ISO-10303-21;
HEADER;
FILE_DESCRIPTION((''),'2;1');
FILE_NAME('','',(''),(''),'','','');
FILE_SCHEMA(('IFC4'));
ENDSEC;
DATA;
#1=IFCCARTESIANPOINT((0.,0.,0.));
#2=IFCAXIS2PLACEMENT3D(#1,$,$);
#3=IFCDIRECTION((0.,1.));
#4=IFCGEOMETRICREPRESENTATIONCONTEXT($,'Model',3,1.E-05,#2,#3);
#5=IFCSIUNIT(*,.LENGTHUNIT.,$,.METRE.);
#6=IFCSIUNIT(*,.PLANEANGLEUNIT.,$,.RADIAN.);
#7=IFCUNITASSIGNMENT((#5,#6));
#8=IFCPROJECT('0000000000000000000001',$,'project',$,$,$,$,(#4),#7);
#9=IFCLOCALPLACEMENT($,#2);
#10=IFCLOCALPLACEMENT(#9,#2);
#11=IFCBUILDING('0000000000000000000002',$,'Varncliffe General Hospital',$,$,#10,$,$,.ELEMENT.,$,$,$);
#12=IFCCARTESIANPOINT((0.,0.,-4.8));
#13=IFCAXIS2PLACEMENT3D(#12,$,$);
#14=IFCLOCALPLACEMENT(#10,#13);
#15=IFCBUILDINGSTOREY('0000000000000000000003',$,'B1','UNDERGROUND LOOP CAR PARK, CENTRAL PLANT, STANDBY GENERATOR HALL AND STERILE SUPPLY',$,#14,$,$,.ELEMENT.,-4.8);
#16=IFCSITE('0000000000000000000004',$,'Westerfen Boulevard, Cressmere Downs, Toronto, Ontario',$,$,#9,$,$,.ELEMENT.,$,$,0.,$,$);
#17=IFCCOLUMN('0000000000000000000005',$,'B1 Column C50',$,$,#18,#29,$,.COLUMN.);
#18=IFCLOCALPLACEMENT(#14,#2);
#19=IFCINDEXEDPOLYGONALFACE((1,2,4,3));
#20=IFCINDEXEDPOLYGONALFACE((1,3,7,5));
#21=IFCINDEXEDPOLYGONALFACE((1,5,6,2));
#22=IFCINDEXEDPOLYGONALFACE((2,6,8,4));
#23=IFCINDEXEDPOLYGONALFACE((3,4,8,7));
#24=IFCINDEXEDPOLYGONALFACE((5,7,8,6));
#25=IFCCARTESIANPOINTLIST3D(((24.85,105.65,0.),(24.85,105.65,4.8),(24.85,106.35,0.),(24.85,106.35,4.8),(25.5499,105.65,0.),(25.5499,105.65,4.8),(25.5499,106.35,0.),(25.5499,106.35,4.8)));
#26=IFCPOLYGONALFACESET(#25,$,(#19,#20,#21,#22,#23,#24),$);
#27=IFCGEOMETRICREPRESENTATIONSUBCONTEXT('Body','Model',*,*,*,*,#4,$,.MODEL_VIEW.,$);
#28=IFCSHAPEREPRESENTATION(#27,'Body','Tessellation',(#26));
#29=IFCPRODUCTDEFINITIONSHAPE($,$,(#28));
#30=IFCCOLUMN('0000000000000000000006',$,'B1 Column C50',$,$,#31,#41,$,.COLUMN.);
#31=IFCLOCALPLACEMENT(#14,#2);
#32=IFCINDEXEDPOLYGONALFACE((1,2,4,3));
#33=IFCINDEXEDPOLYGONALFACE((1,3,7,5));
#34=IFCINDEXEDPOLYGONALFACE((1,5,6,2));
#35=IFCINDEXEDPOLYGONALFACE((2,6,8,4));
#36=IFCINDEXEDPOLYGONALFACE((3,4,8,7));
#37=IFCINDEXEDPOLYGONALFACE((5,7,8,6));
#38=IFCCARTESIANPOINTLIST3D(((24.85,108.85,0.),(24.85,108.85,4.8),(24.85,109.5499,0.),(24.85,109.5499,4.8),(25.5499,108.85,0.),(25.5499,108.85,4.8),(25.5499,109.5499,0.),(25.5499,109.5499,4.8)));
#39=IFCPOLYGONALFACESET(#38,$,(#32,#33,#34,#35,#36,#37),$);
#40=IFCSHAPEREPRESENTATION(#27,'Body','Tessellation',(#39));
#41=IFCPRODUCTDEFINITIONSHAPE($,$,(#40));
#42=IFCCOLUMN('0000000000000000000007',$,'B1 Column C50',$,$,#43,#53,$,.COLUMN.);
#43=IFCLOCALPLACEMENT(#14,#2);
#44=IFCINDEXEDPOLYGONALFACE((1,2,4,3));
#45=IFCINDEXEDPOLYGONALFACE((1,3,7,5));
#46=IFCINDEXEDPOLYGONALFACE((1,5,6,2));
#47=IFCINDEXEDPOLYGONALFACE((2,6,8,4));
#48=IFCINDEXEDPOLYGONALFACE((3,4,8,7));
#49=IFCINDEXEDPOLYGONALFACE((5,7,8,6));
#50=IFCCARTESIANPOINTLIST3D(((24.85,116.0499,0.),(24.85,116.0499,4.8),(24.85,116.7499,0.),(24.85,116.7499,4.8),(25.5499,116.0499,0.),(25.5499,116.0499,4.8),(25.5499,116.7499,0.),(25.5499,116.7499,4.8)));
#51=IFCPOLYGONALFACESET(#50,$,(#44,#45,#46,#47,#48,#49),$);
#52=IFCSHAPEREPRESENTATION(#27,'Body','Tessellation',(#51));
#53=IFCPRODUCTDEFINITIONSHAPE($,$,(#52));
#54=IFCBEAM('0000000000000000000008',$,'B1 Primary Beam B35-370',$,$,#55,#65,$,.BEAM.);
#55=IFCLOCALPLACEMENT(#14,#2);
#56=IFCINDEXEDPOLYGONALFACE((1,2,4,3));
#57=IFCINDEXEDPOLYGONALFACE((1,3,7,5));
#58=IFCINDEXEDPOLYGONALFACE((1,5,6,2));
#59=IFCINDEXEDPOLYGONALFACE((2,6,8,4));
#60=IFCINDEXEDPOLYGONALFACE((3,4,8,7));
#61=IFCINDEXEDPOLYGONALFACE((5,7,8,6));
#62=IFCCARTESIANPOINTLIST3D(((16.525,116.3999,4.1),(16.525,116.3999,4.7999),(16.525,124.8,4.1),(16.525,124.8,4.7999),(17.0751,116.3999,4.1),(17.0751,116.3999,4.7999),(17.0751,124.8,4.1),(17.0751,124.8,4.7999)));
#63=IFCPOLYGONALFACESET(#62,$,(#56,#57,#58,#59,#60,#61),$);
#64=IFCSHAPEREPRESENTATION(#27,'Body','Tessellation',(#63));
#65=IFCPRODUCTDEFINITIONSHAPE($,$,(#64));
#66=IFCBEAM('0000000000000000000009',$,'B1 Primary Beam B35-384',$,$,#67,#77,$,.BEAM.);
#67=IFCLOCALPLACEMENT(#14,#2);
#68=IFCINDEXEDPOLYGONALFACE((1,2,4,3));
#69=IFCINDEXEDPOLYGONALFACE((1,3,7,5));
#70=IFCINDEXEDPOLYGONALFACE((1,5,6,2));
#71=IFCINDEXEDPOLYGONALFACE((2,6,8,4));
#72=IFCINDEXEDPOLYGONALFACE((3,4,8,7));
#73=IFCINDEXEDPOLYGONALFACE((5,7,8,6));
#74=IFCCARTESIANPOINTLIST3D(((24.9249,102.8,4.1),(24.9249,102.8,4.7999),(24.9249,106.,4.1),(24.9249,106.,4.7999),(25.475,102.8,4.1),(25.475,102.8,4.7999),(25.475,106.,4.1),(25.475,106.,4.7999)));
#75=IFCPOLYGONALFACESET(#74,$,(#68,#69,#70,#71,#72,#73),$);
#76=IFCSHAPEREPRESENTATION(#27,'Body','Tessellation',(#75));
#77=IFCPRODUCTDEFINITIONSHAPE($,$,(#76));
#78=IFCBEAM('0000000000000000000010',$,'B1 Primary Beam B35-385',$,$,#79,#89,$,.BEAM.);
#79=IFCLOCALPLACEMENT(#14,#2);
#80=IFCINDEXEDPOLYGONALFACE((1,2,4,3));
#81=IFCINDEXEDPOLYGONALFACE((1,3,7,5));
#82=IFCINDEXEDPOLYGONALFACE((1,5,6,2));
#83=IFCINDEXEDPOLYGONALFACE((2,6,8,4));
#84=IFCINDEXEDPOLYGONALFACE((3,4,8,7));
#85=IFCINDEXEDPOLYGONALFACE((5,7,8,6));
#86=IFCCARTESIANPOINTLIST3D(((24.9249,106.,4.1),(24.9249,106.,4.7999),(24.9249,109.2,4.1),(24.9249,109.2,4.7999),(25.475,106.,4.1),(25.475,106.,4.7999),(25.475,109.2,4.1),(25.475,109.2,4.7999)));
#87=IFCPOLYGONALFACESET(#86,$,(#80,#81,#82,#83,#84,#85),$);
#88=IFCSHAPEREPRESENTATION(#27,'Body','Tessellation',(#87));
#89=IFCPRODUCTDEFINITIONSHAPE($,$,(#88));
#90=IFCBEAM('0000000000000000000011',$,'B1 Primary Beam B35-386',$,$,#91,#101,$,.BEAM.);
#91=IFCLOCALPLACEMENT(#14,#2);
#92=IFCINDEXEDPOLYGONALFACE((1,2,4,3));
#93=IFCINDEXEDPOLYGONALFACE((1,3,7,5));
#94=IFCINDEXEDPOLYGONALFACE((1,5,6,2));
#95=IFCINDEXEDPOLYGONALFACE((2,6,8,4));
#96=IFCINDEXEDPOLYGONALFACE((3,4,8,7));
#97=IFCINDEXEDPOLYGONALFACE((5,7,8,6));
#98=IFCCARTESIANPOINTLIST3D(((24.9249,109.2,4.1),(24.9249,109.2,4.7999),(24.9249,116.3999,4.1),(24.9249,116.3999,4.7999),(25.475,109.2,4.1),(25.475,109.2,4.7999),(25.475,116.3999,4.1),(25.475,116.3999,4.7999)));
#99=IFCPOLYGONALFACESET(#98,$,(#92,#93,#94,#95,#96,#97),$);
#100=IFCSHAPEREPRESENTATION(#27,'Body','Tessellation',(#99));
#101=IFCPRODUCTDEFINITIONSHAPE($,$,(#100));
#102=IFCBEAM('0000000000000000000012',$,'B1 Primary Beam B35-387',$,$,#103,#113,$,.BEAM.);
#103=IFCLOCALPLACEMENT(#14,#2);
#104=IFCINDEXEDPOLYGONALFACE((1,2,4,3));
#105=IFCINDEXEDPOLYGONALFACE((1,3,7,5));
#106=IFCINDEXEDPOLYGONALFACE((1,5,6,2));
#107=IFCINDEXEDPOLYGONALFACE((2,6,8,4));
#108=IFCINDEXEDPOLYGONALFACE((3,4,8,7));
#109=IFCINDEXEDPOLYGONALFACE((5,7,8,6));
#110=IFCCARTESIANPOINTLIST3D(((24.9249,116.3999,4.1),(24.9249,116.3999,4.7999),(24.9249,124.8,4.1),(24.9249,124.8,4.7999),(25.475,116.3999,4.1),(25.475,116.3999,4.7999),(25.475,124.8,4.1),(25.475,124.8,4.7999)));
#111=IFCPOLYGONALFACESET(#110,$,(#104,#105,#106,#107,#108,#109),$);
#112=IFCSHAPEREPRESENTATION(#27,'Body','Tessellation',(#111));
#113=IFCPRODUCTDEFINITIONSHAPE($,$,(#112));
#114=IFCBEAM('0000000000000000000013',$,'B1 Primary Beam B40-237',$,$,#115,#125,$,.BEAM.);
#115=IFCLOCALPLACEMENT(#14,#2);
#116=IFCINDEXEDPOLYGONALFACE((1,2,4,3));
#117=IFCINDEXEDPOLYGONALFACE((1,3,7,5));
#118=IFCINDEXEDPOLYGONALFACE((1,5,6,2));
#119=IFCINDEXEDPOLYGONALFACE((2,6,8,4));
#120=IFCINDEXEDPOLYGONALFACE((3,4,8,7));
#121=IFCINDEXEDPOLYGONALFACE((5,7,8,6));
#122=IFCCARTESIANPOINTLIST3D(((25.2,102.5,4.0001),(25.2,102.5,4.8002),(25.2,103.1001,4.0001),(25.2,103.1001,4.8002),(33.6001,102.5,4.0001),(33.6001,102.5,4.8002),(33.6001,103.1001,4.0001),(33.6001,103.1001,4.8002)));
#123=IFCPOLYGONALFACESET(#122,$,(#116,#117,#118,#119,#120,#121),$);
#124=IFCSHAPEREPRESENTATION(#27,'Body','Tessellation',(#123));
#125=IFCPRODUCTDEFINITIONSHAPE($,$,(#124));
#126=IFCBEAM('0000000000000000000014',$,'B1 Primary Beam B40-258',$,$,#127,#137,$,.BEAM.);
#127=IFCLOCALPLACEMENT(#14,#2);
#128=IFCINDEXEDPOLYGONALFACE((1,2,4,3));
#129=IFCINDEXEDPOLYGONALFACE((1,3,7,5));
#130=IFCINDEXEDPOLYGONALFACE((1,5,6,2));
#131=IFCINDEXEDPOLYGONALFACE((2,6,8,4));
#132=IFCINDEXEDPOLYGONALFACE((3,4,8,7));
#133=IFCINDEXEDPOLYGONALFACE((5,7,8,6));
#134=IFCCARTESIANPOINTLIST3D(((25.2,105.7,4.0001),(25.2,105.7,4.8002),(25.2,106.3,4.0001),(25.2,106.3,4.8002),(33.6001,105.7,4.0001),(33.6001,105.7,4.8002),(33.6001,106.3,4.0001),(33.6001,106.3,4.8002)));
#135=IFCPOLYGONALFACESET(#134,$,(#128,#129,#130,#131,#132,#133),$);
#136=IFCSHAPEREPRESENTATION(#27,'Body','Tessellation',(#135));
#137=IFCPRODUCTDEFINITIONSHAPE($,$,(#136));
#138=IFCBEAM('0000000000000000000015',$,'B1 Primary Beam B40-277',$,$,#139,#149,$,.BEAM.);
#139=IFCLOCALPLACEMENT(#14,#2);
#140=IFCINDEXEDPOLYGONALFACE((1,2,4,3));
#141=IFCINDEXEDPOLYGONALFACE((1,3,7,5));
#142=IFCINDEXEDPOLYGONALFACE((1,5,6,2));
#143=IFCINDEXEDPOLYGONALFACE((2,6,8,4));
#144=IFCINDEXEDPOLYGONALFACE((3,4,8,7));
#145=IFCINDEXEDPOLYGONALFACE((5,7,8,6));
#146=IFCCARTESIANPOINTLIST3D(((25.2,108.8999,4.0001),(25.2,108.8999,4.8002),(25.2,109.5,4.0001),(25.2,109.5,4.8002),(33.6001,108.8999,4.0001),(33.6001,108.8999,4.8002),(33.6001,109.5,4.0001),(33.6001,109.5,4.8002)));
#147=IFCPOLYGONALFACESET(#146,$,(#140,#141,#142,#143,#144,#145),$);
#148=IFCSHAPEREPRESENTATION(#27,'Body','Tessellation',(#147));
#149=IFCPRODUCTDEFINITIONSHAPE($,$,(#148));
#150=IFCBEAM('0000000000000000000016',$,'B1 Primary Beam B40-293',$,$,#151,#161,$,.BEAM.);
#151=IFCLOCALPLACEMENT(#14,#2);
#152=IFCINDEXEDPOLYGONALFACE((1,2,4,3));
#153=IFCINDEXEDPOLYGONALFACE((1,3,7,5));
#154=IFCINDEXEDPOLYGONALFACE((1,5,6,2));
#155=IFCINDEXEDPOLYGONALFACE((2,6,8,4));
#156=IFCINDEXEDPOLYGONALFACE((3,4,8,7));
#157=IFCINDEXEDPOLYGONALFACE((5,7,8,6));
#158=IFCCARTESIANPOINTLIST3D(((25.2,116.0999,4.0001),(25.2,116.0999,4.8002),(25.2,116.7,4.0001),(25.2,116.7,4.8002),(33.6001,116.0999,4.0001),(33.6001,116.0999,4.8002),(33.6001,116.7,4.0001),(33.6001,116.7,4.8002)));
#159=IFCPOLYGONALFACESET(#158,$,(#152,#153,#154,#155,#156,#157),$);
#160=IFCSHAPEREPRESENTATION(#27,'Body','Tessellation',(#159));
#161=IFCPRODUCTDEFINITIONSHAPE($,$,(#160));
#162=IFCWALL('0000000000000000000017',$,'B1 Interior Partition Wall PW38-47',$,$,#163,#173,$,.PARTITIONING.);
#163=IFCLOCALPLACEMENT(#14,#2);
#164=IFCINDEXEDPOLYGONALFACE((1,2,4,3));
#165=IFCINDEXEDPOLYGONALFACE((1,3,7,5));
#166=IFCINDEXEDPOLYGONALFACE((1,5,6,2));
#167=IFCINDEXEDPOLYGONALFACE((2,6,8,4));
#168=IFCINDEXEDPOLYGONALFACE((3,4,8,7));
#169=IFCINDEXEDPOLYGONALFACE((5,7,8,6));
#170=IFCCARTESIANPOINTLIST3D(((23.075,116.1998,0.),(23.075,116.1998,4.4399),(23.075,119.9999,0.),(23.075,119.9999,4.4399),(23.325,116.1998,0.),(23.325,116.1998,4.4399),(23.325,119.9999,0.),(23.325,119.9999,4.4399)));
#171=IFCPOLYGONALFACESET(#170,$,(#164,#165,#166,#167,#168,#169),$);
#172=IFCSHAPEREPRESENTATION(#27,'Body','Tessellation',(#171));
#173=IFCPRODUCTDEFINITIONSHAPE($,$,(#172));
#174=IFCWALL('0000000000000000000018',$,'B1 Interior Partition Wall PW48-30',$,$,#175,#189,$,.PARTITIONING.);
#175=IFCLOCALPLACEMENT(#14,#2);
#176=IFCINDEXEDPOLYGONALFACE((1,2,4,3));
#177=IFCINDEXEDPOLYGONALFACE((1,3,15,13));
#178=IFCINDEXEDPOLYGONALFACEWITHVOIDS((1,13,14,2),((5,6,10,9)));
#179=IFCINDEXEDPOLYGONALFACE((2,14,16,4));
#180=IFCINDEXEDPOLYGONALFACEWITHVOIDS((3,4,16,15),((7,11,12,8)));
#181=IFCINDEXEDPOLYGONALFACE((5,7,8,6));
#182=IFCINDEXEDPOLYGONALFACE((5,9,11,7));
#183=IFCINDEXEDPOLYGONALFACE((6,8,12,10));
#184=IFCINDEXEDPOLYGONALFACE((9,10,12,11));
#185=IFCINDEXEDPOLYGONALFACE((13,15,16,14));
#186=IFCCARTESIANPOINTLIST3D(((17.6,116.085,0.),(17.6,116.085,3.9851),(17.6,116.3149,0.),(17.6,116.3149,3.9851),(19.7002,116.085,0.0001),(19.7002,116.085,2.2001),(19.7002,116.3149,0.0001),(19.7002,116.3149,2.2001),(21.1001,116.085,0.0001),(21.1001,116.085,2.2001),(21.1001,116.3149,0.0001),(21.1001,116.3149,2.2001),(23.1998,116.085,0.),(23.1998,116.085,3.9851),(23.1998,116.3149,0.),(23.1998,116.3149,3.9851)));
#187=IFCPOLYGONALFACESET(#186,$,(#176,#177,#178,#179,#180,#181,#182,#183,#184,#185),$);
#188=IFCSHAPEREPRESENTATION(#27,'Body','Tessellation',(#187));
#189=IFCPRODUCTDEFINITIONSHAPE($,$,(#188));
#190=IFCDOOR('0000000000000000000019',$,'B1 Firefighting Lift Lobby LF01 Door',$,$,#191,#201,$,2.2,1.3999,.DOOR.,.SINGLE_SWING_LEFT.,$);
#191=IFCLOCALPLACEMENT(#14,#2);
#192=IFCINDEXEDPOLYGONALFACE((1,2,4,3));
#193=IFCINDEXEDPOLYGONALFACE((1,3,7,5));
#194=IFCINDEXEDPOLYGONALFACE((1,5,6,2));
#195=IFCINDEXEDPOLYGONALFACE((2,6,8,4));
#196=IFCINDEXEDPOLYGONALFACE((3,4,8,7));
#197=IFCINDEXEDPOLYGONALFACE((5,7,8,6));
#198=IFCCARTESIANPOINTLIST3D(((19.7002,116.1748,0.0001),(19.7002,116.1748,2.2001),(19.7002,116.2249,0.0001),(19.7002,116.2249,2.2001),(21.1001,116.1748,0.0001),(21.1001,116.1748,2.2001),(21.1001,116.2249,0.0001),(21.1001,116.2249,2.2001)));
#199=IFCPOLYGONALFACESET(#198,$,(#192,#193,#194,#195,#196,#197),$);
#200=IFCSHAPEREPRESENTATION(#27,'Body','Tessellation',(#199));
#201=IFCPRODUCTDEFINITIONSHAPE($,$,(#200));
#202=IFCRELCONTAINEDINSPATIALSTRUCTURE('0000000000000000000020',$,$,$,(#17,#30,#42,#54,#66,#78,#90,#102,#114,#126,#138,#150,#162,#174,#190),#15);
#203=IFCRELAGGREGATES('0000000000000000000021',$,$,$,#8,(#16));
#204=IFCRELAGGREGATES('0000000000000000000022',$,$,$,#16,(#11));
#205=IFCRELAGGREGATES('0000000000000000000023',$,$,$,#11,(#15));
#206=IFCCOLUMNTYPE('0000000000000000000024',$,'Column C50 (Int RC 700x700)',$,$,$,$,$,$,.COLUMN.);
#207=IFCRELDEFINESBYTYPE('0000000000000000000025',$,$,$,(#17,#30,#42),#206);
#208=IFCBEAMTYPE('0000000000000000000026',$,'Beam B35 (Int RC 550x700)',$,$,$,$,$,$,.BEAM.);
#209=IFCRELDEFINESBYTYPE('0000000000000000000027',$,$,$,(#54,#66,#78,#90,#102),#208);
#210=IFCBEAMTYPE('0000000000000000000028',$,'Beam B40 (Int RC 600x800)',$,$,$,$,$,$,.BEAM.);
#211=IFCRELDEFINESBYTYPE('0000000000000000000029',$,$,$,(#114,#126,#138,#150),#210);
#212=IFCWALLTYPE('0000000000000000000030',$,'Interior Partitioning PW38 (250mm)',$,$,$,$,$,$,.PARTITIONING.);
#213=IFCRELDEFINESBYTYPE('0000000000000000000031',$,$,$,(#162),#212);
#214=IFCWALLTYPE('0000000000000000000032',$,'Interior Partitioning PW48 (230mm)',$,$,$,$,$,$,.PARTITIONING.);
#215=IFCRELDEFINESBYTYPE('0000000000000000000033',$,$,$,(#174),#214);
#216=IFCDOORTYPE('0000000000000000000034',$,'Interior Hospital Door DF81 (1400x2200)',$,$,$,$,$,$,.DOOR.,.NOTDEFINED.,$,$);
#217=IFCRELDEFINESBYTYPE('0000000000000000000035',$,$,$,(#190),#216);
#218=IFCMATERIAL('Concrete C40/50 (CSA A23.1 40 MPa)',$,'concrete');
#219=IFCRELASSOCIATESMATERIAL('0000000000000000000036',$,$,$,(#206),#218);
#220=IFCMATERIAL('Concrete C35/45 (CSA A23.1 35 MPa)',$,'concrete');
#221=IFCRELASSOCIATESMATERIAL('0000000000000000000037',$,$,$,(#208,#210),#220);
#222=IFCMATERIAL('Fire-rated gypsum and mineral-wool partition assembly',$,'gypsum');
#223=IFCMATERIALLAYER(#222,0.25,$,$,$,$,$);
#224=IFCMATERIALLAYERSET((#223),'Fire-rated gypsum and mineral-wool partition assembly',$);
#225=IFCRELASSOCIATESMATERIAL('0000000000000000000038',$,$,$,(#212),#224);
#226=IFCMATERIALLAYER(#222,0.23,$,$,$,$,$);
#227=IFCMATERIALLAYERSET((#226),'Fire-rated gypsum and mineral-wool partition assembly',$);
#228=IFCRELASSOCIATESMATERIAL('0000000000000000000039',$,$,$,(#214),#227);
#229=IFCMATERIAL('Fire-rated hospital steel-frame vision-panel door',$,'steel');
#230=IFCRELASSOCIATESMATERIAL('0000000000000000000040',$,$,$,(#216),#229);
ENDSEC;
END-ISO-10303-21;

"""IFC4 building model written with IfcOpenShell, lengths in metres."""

from ifc_helpers import new_model, si_unit, direction, frame, frame_2d, origin, origin_2d, place, context, subcontext, project, spatial, rectangle, extrude, material, layer, layer_set, material_profile, profile_set, type_object, element, fill, save


model = new_model("IFC4")

# Units and contexts
model_context = context("Model", 3, precision=1e-05, world=origin(), true_north=direction((0.0, 1.0)))
body_context = subcontext(model_context, "Body", "Model", "MODEL_VIEW")
ifc_project = project(units=[si_unit("LENGTHUNIT", "METRE"), si_unit("PLANEANGLEUNIT", "RADIAN")], contexts=[model_context])

# Site, building, storey
site_placement = place(None, origin())
site = spatial("IfcSite", under=ifc_project, at=site_placement, Name="Westerfen Boulevard, Cressmere Downs, Toronto, Ontario", CompositionType="ELEMENT", RefElevation=0.0)
building_placement = place(site_placement, origin())
building = spatial("IfcBuilding", under=site, at=building_placement, Name="Varncliffe General Hospital", CompositionType="ELEMENT")
storey_placement = place(building_placement, frame((0.0, 0.0, -4.8)))
storey = spatial("IfcBuildingStorey", under=building, at=storey_placement, Name="B1", Description="UNDERGROUND LOOP CAR PARK, CENTRAL PLANT, STANDBY GENERATOR HALL AND STERILE SUPPLY", CompositionType="ELEMENT", Elevation=-4.8)

# Shared definitions
ifc_material_1 = material(Name="Concrete C40/50 (CSA A23.1 40 MPa)", Category="concrete")

# Columns
ifc_material_profile_1 = material_profile(ifc_material_1, rectangle(XDim=0.7, YDim=0.7, at=origin_2d()), Name="RC 700x700")
ifc_profile_set_1 = profile_set([ifc_material_profile_1], Name="Concrete C40/50 (CSA A23.1 40 MPa)")
column_type = type_object("IfcColumnType", Name="Column C50 (Int RC 700x700)", PredefinedType="COLUMN", material=ifc_profile_set_1)
for number, where, z_axis, x_axis, name in (
    (1, (25.2, 106.0, 0.0), (0.0, 0.0, 1.0), (1.0, 0.0, 0.0), "B1 Column C50"),
    (2, (25.2, 109.2, 0.0), (0.0, 0.0, 1.0), (1.0, 0.0, 0.0), "B1 Column C50"),
    (3, (25.2, 116.3999, 0.0), (0.0, 0.0, 1.0), (1.0, 0.0, 0.0), "B1 Column C50"),
):
    element("IfcColumn", number, at=place(storey_placement, frame(where, z_axis=z_axis, x_axis=x_axis)), inside=storey, type_object=column_type, Name=name, PredefinedType="COLUMN", context=body_context, shape_type="SweptSolid", body=[
        extrude(rectangle(XDim=0.7, YDim=0.7, at=origin_2d()), origin(), (0.0, 0.0, 1.0), 4.8),
    ])

# Beams
ifc_material_2 = material(Name="Concrete C35/45 (CSA A23.1 35 MPa)", Category="concrete")
ifc_material_profile_2 = material_profile(ifc_material_2, rectangle(XDim=0.55, YDim=0.7, at=origin_2d()), Name="RC 550x700")
ifc_profile_set_2 = profile_set([ifc_material_profile_2], Name="Concrete C35/45 (CSA A23.1 35 MPa)")
beam_type_1 = type_object("IfcBeamType", Name="Beam B35 (Int RC 550x700)", PredefinedType="BEAM", material=ifc_profile_set_2)
beam_1_placement = place(storey_placement, frame((16.8, 116.3999, 4.45), z_axis=(0.0, 1.0, 0.0), x_axis=(-1.0, 0.0, 0.0)))
element("IfcBeam", 4, at=beam_1_placement, inside=storey, type_object=beam_type_1, Name="B1 Primary Beam B35-370", PredefinedType="BEAM", context=body_context, shape_type="SweptSolid", body=[
    extrude(rectangle(XDim=0.55, YDim=0.7, at=origin_2d()), origin(), (0.0, 0.0, 1.0), 8.4001),
])
for number, where, z_axis, x_axis, name in (
    (5, (25.2, 102.8, 4.45), (0.0, 1.0, 0.0), (-1.0, 0.0, 0.0), "B1 Primary Beam B35-384"),
    (6, (25.2, 106.0, 4.45), (0.0, 1.0, 0.0), (-1.0, 0.0, 0.0), "B1 Primary Beam B35-385"),
):
    element("IfcBeam", number, at=place(storey_placement, frame(where, z_axis=z_axis, x_axis=x_axis)), inside=storey, type_object=beam_type_1, Name=name, PredefinedType="BEAM", context=body_context, shape_type="SweptSolid", body=[
        extrude(rectangle(XDim=0.55, YDim=0.7, at=origin_2d()), origin(), (0.0, 0.0, 1.0), 3.2),
    ])
beam_2_placement = place(storey_placement, frame((25.2, 109.2, 4.45), z_axis=(0.0, 1.0, 0.0), x_axis=(-1.0, 0.0, 0.0)))
element("IfcBeam", 7, at=beam_2_placement, inside=storey, type_object=beam_type_1, Name="B1 Primary Beam B35-386", PredefinedType="BEAM", context=body_context, shape_type="SweptSolid", body=[
    extrude(rectangle(XDim=0.55, YDim=0.7, at=origin_2d()), origin(), (0.0, 0.0, 1.0), 7.2),
])
beam_3_placement = place(storey_placement, frame((25.2, 116.3999, 4.45), z_axis=(0.0, 1.0, 0.0), x_axis=(-1.0, 0.0, 0.0)))
element("IfcBeam", 8, at=beam_3_placement, inside=storey, type_object=beam_type_1, Name="B1 Primary Beam B35-387", PredefinedType="BEAM", context=body_context, shape_type="SweptSolid", body=[
    extrude(rectangle(XDim=0.55, YDim=0.7, at=origin_2d()), origin(), (0.0, 0.0, 1.0), 8.4001),
])
ifc_material_profile_3 = material_profile(ifc_material_2, rectangle(XDim=0.6001, YDim=0.8, at=origin_2d()), Name="RC 600x800")
ifc_profile_set_3 = profile_set([ifc_material_profile_3], Name="Concrete C35/45 (CSA A23.1 35 MPa)")
beam_type_2 = type_object("IfcBeamType", Name="Beam B40 (Int RC 600x800)", PredefinedType="BEAM", material=ifc_profile_set_3)
for number, where, z_axis, x_axis, name in (
    (9, (25.2, 102.8, 4.4001), (1.0, 0.0, 0.0), (0.0, 1.0, 0.0), "B1 Primary Beam B40-237"),
    (10, (25.2, 106.0, 4.4001), (1.0, 0.0, 0.0), (0.0, 1.0, 0.0), "B1 Primary Beam B40-258"),
    (11, (25.2, 109.2, 4.4001), (1.0, 0.0, 0.0), (0.0, 1.0, 0.0), "B1 Primary Beam B40-277"),
    (12, (25.2, 116.3999, 4.4001), (1.0, 0.0, 0.0), (0.0, 1.0, 0.0), "B1 Primary Beam B40-293"),
):
    element("IfcBeam", number, at=place(storey_placement, frame(where, z_axis=z_axis, x_axis=x_axis)), inside=storey, type_object=beam_type_2, Name=name, PredefinedType="BEAM", context=body_context, shape_type="SweptSolid", body=[
        extrude(rectangle(XDim=0.6001, YDim=0.8, at=origin_2d()), origin(), (0.0, 0.0, 1.0), 8.4001),
    ])

# Wall
ifc_material_3 = material(Name="Fire-rated gypsum and mineral-wool partition assembly", Category="gypsum")
ifc_layer_1 = layer(ifc_material_3, 0.25)
ifc_layer_set_1 = layer_set([ifc_layer_1], Name="Fire-rated gypsum and mineral-wool partition assembly")
wall_type_1 = type_object("IfcWallType", Name="Interior Partitioning PW38 (250mm)", PredefinedType="PARTITIONING", material=ifc_layer_set_1)
wall_1_placement = place(storey_placement, frame((23.2, 116.2, 0.0), z_axis=(0.0, 0.0, 1.0), x_axis=(0.0, 1.0, 0.0)))
element("IfcWall", 13, at=wall_1_placement, inside=storey, type_object=wall_type_1, Name="B1 Interior Partition Wall PW38-47", PredefinedType="PARTITIONING", context=body_context, shape_type="SweptSolid", body=[
    extrude(rectangle(XDim=3.8, YDim=0.25, at=frame_2d((1.8999, 0.0))), origin(), (0.0, 0.0, 1.0), 4.4399),
])

# Wall, opening, door
ifc_layer_2 = layer(ifc_material_3, 0.23)
ifc_layer_set_2 = layer_set([ifc_layer_2], Name="Fire-rated gypsum and mineral-wool partition assembly")
wall_type_2 = type_object("IfcWallType", Name="Interior Partitioning PW48 (230mm)", PredefinedType="PARTITIONING", material=ifc_layer_set_2)
wall_2_placement = place(storey_placement, frame((17.6001, 116.2, 0.0), z_axis=(0.0, 0.0, 1.0), x_axis=(1.0, 0.0, 0.0)))
wall_2 = element("IfcWall", 14, at=wall_2_placement, inside=storey, type_object=wall_type_2, Name="B1 Interior Partition Wall PW48-30", PredefinedType="PARTITIONING", context=body_context, shape_type="SweptSolid", body=[
    extrude(rectangle(XDim=5.5999, YDim=0.23, at=frame_2d((2.7998, 0.0))), origin(), (0.0, 0.0, 1.0), 3.9851),
])
opening_placement = place(wall_2_placement, frame((2.1001, 0.0, 0.0)))
opening = element("IfcOpeningElement", 15, at=opening_placement, cuts=wall_2, PredefinedType="OPENING", context=body_context, shape_type="SweptSolid", body=[
    extrude(rectangle(XDim=1.3999, YDim=2.2, at=frame_2d((0.7, 1.1001))), frame((0.0, 0.125, 0.0), z_axis=(0.0, -1.0, 0.0), x_axis=(1.0, 0.0, 0.0)), (0.0, 0.0, 1.0), 0.25),
])
ifc_material_4 = material(Name="Fire-rated hospital steel-frame vision-panel door", Category="steel")
door_type = type_object("IfcDoorType", Name="Interior Hospital Door DF81 (1400x2200)", OperationType="NOTDEFINED", PredefinedType="DOOR", material=ifc_material_4)
door_placement = place(opening_placement, origin())
door = element("IfcDoor", 16, at=door_placement, inside=storey, type_object=door_type, Name="B1 Firefighting Lift Lobby LF01 Door", OperationType="SINGLE_SWING_LEFT", OverallHeight=2.2, OverallWidth=1.3999, PredefinedType="DOOR", context=body_context, shape_type="SweptSolid", body=[
    extrude(rectangle(XDim=1.3999, YDim=2.2, at=frame_2d((0.7, 1.1001))), frame((0.0, 0.0249, 0.0), z_axis=(0.0, -1.0, 0.0), x_axis=(1.0, 0.0, 0.0)), (0.0, 0.0, 1.0), 0.05),
])
fill(opening, door)

save(model, "model.ifc")
